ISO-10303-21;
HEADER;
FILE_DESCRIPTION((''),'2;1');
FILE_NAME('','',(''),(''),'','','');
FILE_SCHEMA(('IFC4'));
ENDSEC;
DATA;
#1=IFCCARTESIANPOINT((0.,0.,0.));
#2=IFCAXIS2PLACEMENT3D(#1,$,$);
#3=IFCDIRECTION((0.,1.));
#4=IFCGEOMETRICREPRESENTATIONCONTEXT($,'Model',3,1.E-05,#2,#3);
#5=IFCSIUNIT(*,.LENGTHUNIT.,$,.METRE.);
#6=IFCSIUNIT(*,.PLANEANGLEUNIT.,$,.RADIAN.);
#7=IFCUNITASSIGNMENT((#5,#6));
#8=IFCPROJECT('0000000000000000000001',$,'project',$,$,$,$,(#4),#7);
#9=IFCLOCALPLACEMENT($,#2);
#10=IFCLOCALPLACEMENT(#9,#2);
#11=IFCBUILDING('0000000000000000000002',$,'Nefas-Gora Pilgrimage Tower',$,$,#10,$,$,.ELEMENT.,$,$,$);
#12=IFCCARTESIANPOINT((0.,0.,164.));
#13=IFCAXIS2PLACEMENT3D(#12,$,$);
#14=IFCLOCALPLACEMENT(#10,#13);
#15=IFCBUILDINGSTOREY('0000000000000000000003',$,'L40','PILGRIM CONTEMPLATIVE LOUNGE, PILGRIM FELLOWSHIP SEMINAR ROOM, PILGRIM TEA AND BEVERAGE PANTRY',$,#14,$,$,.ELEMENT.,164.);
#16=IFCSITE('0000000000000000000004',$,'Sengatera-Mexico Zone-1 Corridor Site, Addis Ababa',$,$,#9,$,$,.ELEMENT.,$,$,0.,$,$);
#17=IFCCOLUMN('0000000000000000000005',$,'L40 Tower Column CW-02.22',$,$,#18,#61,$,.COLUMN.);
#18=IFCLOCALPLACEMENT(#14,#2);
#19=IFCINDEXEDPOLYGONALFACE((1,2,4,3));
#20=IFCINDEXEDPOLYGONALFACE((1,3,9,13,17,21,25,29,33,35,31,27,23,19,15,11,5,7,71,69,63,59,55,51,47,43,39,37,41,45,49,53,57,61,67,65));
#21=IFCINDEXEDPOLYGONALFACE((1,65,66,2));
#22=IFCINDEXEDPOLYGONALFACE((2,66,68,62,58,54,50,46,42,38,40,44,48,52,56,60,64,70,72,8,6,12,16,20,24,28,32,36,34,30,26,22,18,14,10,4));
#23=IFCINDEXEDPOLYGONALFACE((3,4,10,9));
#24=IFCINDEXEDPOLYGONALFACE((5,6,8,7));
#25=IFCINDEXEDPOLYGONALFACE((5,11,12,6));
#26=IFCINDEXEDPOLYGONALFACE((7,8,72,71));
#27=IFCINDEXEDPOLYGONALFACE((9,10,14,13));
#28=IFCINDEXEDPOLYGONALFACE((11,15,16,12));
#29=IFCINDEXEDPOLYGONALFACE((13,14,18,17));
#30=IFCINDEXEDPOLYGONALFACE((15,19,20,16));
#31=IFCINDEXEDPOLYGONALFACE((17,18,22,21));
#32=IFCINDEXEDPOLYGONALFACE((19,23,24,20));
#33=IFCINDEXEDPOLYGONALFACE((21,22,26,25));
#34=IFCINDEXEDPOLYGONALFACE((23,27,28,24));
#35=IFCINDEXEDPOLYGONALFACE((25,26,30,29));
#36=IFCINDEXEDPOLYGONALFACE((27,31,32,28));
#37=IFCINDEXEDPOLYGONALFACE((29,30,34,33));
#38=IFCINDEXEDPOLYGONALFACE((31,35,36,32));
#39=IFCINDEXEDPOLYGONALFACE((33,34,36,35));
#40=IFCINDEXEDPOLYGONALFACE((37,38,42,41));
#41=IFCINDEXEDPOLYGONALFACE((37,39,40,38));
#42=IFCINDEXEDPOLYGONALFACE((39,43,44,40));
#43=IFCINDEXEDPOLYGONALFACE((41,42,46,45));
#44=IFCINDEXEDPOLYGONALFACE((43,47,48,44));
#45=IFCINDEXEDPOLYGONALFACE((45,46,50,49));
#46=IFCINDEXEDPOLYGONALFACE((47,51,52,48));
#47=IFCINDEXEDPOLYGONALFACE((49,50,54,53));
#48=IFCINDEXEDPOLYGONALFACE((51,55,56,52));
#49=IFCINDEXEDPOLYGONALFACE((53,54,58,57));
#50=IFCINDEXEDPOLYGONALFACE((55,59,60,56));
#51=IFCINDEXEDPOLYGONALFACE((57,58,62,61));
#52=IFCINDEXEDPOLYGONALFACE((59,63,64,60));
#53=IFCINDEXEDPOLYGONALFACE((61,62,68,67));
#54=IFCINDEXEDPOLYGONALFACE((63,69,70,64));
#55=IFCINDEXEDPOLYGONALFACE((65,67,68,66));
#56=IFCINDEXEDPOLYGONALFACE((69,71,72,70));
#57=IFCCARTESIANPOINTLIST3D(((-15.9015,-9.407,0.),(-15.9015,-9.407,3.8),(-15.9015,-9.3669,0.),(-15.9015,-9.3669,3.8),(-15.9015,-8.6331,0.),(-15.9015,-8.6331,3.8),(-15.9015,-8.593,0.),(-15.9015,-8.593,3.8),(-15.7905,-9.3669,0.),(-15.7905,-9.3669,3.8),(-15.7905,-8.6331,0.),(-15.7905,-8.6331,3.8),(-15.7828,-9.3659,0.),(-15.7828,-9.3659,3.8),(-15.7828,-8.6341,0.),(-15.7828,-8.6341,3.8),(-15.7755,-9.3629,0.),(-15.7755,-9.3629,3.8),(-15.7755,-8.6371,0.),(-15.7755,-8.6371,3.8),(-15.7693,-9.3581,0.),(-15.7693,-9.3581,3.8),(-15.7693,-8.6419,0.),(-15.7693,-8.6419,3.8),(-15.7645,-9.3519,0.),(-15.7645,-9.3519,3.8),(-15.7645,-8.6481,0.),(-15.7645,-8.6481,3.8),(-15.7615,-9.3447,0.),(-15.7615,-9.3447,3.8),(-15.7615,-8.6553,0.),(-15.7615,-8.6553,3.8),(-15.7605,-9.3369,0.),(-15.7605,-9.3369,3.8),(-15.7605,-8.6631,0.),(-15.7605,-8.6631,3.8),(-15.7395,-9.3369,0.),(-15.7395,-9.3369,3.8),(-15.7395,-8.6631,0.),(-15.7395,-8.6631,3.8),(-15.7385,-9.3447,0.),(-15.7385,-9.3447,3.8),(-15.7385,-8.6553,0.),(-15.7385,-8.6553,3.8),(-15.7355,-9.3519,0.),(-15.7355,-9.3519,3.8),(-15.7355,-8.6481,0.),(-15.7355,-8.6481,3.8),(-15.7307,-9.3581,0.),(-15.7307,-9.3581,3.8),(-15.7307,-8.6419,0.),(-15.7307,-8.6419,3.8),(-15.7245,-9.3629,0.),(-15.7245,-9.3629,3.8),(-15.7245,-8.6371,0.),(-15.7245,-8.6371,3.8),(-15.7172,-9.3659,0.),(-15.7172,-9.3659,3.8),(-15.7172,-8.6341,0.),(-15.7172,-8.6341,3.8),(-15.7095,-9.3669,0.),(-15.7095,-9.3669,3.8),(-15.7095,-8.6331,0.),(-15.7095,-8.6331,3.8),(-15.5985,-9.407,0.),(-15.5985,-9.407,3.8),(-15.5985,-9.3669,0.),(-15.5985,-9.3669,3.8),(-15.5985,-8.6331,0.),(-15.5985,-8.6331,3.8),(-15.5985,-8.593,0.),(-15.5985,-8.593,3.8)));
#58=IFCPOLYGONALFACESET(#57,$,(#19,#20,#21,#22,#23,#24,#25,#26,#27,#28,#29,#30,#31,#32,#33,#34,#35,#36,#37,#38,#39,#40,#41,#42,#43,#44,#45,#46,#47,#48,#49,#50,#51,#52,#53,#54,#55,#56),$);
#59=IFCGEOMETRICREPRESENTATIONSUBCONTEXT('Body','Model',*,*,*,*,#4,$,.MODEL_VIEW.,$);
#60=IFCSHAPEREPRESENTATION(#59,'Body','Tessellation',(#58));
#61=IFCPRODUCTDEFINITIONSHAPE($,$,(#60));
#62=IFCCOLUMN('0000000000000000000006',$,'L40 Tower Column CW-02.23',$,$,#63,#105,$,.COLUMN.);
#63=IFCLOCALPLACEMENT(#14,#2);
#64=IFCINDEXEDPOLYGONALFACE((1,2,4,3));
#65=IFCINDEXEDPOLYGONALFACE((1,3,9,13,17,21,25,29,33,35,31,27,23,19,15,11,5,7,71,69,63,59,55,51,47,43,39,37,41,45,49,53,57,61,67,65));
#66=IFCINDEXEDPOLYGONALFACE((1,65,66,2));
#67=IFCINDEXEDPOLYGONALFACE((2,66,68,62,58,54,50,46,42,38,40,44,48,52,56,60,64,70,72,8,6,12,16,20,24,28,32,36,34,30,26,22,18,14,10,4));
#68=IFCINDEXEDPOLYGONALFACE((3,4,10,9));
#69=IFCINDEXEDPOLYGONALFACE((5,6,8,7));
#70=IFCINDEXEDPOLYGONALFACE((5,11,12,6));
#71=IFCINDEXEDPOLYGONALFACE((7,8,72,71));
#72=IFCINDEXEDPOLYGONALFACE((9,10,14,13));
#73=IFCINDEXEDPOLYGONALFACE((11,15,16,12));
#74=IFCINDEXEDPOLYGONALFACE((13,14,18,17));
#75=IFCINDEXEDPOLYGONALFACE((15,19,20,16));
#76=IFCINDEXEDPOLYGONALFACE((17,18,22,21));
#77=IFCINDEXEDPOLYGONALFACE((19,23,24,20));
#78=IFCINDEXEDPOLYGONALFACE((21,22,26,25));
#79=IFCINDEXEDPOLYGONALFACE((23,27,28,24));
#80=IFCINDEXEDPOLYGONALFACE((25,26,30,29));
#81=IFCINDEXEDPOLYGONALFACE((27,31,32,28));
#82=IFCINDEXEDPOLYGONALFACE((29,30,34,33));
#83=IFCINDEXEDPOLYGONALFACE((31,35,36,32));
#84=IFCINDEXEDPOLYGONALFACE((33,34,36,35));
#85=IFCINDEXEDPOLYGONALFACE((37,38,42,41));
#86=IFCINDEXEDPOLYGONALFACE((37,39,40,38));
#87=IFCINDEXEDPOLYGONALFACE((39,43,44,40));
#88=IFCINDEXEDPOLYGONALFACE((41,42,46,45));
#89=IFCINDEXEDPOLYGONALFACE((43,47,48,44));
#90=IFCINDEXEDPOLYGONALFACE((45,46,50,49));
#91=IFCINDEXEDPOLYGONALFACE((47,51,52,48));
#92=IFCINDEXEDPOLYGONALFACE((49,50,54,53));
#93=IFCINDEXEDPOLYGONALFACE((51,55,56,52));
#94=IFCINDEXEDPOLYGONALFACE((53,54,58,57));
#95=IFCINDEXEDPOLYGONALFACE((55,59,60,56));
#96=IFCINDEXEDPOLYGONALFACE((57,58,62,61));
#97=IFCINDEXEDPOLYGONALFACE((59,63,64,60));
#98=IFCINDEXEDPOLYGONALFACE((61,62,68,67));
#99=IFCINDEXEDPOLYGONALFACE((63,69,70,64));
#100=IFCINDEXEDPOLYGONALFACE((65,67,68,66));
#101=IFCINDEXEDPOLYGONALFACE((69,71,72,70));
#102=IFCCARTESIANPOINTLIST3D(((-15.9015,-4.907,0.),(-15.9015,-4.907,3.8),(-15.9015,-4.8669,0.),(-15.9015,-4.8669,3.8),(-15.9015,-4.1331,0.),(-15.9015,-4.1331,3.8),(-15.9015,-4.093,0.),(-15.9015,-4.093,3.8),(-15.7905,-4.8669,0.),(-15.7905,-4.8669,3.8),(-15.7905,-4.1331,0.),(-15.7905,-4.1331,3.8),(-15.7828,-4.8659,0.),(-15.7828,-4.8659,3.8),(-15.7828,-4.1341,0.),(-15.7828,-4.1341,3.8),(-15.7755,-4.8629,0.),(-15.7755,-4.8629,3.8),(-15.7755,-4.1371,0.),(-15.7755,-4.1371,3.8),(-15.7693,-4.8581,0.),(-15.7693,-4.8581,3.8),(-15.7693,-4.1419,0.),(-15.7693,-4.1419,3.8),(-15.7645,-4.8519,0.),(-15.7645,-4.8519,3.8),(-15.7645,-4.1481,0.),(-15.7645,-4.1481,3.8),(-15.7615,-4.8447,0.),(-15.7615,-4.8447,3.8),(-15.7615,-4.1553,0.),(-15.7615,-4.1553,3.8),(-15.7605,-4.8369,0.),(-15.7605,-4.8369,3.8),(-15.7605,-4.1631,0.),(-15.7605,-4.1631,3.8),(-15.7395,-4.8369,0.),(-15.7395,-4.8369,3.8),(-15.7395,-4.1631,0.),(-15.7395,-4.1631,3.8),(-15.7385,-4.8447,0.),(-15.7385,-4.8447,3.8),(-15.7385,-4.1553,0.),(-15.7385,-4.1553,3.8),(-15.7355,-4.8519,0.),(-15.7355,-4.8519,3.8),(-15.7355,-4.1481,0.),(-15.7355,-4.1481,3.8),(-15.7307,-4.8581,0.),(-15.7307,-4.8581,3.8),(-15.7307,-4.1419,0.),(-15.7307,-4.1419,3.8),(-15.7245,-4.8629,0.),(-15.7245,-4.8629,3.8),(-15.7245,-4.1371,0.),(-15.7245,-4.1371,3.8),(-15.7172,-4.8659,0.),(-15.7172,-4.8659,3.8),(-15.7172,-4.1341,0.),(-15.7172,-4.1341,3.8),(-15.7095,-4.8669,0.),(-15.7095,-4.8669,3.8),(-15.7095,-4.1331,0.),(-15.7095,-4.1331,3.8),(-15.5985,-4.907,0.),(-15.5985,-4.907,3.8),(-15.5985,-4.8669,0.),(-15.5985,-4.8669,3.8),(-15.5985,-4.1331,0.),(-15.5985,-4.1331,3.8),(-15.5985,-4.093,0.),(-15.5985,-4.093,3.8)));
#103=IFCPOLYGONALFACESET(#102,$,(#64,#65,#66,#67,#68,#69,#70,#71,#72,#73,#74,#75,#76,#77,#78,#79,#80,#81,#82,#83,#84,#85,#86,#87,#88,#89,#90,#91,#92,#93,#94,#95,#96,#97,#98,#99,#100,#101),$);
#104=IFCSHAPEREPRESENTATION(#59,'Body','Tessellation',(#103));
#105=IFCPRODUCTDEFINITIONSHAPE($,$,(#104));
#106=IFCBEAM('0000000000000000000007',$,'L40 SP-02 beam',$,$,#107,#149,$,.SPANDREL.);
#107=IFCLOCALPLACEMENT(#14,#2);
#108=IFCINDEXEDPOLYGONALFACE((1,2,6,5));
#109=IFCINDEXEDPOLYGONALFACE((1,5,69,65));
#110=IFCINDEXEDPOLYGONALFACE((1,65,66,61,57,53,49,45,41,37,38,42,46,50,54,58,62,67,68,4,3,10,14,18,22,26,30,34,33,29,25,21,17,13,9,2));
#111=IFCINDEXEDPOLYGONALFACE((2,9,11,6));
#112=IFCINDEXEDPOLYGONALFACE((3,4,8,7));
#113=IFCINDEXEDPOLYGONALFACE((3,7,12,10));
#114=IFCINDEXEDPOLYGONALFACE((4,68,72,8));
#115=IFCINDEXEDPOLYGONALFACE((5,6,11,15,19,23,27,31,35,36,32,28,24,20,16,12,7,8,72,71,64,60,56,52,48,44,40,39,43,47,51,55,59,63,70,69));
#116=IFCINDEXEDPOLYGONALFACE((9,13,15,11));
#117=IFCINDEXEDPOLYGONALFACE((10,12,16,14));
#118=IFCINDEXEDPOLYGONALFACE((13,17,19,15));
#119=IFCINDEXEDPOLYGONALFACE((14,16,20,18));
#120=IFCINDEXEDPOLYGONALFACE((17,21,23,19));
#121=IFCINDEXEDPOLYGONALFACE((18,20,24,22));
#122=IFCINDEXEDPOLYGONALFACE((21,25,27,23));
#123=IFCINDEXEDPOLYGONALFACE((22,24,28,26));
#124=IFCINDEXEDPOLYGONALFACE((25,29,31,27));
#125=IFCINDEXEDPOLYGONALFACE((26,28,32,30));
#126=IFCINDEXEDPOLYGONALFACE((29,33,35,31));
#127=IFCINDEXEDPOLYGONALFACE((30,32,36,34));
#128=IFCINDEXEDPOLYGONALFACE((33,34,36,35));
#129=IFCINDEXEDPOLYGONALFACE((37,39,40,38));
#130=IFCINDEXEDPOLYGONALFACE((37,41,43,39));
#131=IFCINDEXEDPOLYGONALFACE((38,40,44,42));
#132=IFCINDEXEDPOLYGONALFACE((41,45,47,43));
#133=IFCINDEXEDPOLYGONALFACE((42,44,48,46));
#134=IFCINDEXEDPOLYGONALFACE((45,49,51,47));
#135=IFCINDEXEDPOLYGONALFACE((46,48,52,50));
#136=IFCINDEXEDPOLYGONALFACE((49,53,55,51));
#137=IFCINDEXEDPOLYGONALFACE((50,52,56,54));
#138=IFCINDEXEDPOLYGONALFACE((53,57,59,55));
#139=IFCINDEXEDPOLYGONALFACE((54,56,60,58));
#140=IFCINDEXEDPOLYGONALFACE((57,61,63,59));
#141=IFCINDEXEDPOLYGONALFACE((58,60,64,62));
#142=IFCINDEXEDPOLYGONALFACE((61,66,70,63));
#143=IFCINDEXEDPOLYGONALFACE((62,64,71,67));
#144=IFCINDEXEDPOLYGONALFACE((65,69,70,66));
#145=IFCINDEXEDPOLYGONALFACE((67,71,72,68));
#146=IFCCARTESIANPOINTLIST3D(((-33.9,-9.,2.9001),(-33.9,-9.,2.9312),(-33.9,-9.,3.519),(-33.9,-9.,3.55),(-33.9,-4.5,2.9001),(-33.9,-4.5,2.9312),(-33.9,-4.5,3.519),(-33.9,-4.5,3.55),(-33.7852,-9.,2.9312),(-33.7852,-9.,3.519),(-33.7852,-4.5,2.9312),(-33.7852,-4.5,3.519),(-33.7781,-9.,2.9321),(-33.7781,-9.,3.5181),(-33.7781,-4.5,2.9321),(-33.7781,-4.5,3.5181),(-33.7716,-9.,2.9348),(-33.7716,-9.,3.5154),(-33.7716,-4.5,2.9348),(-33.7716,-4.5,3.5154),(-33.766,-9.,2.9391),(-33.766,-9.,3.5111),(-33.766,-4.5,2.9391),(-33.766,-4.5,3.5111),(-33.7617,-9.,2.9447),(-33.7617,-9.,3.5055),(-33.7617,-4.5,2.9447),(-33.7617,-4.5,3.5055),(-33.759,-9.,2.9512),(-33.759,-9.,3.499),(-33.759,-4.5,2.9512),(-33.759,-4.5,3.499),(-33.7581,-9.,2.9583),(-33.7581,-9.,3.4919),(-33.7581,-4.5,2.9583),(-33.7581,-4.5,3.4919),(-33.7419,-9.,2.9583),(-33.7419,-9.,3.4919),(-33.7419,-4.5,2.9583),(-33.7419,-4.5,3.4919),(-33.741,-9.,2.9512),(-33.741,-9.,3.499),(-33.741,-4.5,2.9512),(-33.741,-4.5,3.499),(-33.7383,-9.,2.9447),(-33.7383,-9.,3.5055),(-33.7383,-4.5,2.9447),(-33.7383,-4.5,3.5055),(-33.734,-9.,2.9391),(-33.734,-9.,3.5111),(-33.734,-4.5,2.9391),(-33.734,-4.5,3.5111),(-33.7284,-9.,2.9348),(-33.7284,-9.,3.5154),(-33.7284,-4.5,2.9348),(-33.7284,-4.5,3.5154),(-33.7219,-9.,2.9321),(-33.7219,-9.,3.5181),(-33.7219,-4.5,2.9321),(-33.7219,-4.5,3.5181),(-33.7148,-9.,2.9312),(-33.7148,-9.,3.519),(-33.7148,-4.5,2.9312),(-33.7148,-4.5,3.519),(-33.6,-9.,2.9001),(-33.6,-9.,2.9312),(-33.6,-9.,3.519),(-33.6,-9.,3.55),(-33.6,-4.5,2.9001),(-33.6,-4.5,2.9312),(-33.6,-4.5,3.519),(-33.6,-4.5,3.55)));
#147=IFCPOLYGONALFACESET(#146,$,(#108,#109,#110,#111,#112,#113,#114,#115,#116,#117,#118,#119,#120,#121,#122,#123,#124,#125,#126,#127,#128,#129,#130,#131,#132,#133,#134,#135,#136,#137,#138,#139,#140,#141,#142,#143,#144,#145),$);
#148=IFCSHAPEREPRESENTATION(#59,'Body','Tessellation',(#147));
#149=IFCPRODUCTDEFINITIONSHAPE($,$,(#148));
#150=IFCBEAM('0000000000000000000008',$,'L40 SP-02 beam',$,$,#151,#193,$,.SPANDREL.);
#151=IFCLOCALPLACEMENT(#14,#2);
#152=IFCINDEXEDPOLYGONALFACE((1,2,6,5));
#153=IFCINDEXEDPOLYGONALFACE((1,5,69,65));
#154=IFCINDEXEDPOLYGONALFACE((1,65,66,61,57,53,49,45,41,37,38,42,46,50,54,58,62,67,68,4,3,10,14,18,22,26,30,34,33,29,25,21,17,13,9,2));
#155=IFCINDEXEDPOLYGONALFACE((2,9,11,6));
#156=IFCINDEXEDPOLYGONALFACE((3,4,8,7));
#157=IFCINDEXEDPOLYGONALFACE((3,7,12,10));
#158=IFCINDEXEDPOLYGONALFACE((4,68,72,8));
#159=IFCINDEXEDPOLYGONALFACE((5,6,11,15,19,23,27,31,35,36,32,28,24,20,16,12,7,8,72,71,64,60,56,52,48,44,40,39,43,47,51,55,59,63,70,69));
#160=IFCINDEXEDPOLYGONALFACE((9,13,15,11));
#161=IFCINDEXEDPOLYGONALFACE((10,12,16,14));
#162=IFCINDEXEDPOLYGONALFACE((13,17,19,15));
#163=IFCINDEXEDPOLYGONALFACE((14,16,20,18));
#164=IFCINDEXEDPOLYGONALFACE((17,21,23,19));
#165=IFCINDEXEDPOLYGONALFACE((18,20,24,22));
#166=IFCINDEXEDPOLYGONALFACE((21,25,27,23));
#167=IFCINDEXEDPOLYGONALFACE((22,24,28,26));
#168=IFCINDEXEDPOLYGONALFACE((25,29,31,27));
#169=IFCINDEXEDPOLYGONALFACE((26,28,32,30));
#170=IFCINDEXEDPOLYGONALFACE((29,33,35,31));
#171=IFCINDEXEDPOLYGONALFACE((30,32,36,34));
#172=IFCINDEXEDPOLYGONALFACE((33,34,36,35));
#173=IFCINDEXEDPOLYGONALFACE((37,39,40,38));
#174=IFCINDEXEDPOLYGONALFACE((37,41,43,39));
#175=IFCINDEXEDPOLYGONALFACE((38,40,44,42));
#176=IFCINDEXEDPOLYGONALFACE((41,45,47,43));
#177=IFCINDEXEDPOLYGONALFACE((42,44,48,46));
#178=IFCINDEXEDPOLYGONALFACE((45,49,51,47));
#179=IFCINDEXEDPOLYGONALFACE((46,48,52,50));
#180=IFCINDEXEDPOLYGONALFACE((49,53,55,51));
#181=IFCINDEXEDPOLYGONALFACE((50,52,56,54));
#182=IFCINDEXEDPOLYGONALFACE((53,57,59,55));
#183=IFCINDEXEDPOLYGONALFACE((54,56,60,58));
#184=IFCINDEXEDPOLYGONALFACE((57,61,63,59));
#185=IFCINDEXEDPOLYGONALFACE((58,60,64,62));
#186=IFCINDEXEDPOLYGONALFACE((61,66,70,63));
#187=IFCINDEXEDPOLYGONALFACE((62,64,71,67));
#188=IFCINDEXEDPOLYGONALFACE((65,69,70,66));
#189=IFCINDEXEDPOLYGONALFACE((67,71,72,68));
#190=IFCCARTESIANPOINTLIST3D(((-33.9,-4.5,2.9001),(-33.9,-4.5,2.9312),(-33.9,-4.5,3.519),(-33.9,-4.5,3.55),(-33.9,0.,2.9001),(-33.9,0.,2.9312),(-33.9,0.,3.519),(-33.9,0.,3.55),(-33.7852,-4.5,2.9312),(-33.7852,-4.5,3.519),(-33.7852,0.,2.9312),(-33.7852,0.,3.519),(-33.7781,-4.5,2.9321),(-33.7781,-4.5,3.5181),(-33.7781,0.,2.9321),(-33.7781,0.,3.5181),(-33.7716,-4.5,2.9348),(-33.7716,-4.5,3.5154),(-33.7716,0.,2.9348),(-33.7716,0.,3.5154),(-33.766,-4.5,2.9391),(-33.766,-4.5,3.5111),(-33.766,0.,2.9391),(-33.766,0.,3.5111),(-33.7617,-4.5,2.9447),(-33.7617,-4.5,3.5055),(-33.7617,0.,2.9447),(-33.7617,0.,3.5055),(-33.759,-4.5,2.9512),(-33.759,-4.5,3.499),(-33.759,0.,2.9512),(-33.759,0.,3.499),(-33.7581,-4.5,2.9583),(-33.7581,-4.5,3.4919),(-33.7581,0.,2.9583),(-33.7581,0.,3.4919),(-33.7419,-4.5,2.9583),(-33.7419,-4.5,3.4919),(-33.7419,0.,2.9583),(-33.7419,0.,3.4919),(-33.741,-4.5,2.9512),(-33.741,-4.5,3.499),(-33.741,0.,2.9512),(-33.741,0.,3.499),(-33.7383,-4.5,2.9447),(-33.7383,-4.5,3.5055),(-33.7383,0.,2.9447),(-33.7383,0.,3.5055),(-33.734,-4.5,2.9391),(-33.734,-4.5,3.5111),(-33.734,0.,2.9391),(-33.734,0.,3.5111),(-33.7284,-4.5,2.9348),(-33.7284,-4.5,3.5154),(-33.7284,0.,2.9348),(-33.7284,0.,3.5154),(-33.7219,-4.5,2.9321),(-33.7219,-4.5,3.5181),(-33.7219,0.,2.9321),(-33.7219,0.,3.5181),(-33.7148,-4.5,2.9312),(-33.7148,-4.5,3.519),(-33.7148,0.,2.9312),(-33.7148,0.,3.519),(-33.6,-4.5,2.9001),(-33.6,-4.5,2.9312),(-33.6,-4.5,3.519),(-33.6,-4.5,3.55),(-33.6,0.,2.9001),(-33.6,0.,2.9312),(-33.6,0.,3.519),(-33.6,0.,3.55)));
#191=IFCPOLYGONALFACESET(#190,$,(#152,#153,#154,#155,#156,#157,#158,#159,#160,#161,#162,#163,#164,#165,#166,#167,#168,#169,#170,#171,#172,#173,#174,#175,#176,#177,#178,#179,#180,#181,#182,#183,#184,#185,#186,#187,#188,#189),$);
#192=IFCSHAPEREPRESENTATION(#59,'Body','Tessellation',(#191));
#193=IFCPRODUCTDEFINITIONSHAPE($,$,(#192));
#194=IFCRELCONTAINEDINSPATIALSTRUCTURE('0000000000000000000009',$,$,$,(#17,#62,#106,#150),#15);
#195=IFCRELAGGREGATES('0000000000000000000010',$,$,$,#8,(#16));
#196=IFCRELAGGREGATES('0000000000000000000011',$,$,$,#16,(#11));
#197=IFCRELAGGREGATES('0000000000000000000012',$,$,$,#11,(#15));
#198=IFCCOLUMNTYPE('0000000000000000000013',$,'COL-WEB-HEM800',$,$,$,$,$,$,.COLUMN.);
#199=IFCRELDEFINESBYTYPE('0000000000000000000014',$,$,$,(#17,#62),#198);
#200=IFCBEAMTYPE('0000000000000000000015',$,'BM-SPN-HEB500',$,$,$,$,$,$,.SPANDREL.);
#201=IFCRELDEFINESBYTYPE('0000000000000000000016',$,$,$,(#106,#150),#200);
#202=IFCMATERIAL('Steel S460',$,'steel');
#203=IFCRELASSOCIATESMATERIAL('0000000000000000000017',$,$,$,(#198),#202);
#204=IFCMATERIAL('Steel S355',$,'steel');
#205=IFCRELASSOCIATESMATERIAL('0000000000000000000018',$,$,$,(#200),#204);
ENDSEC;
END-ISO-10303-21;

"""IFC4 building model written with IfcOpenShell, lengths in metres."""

from ifc_helpers import new_model, si_unit, direction, frame, origin, origin_2d, place, context, subcontext, project, spatial, i_section, extrude, source, transform, mapped, material, material_profile, profile_set, type_object, element, save


model = new_model("IFC4")

# Units and contexts
model_context = context("Model", 3, precision=1e-05, world=origin(), true_north=direction((0.0, 1.0)))
body_context = subcontext(model_context, "Body", "Model", "MODEL_VIEW")
ifc_project = project(units=[si_unit("LENGTHUNIT", "METRE"), si_unit("PLANEANGLEUNIT", "RADIAN")], contexts=[model_context])

# Site, building, storey
site_placement = place(None, origin())
site = spatial("IfcSite", under=ifc_project, at=site_placement, Name="Sengatera-Mexico Zone-1 Corridor Site, Addis Ababa", CompositionType="ELEMENT", RefElevation=0.0)
building_placement = place(site_placement, origin())
building = spatial("IfcBuilding", under=site, at=building_placement, Name="Nefas-Gora Pilgrimage Tower", CompositionType="ELEMENT")
storey_placement = place(building_placement, frame((0.0, 0.0, 164.0)))
storey = spatial("IfcBuildingStorey", under=building, at=storey_placement, Name="L40", Description="PILGRIM CONTEMPLATIVE LOUNGE, PILGRIM FELLOWSHIP SEMINAR ROOM, PILGRIM TEA AND BEVERAGE PANTRY", CompositionType="ELEMENT", Elevation=164.0)

# Columns
ifc_material_1 = material(Name="Steel S460", Category="steel")
ifc_material_profile_1 = material_profile(ifc_material_1, i_section(OverallWidth=0.303, OverallDepth=0.814, WebThickness=0.021, FlangeThickness=0.04, FilletRadius=0.03, at=origin_2d()), Name="HEM 800")
ifc_profile_set_1 = profile_set([ifc_material_profile_1], Name="Steel S460")
column_type_1 = type_object("IfcColumnType", Name="COL-WEB-HEM800", PredefinedType="COLUMN", material=ifc_profile_set_1)
shared_shape_1 = source(origin(), body_context, "Body", "SweptSolid", [
    extrude(i_section(OverallWidth=0.303, OverallDepth=0.814, WebThickness=0.021, FlangeThickness=0.04, FilletRadius=0.03, at=origin_2d()), origin(), (0.0, 0.0, 1.0), 3.8),
])
for number, where, z_axis, x_axis, name in (
    (1, (-15.75, -9.0, 0.0), (0.0, 0.0, 1.0), (1.0, 0.0, 0.0), "L40 Tower Column CW-02.22"),
    (2, (-15.75, -4.5, 0.0), (0.0, 0.0, 1.0), (1.0, 0.0, 0.0), "L40 Tower Column CW-02.23"),
):
    element("IfcColumn", number, at=place(storey_placement, frame(where, z_axis=z_axis, x_axis=x_axis)), inside=storey, type_object=column_type_1, Name=name, PredefinedType="COLUMN", context=body_context, shape_type="MappedRepresentation", body=[
        mapped(shared_shape_1, transform((0.0, 0.0, 0.0), x_axis=(1.0, 0.0, 0.0), y_axis=(0.0, 1.0, 0.0), z_axis=(0.0, 0.0, 1.0), scale=1.0)),
    ])

# Beams
ifc_material_2 = material(Name="Steel S355", Category="steel")
ifc_material_profile_2 = material_profile(ifc_material_2, i_section(OverallWidth=0.3, OverallDepth=0.6499, WebThickness=0.0161, FlangeThickness=0.031, FilletRadius=0.0271, at=origin_2d()), Name="HEB 650")
ifc_profile_set_2 = profile_set([ifc_material_profile_2], Name="Steel S355")
beam_type_1 = type_object("IfcBeamType", Name="BM-SPN-HEB500", PredefinedType="SPANDREL", material=ifc_profile_set_2)
shared_shape_2 = source(origin(), body_context, "Body", "SweptSolid", [
    extrude(i_section(OverallWidth=0.3, OverallDepth=0.6499, WebThickness=0.0161, FlangeThickness=0.031, FilletRadius=0.0271, at=origin_2d()), origin(), (0.0, 0.0, 1.0), 4.5),
])
for number, where, z_axis, x_axis, name in (
    (3, (-33.75, -9.0, 3.2251), (0.0, 1.0, 0.0), (-1.0, 0.0, 0.0), "L40 SP-02 beam"),
    (4, (-33.75, -4.5, 3.2251), (0.0, 1.0, 0.0), (-1.0, 0.0, 0.0), "L40 SP-02 beam"),
):
    element("IfcBeam", number, at=place(storey_placement, frame(where, z_axis=z_axis, x_axis=x_axis)), inside=storey, type_object=beam_type_1, Name=name, PredefinedType="SPANDREL", context=body_context, shape_type="MappedRepresentation", body=[
        mapped(shared_shape_2, transform((0.0, 0.0, 0.0), x_axis=(1.0, 0.0, 0.0), y_axis=(0.0, 1.0, 0.0), z_axis=(0.0, 0.0, 1.0), scale=1.0)),
    ])

save(model, "model.ifc")
